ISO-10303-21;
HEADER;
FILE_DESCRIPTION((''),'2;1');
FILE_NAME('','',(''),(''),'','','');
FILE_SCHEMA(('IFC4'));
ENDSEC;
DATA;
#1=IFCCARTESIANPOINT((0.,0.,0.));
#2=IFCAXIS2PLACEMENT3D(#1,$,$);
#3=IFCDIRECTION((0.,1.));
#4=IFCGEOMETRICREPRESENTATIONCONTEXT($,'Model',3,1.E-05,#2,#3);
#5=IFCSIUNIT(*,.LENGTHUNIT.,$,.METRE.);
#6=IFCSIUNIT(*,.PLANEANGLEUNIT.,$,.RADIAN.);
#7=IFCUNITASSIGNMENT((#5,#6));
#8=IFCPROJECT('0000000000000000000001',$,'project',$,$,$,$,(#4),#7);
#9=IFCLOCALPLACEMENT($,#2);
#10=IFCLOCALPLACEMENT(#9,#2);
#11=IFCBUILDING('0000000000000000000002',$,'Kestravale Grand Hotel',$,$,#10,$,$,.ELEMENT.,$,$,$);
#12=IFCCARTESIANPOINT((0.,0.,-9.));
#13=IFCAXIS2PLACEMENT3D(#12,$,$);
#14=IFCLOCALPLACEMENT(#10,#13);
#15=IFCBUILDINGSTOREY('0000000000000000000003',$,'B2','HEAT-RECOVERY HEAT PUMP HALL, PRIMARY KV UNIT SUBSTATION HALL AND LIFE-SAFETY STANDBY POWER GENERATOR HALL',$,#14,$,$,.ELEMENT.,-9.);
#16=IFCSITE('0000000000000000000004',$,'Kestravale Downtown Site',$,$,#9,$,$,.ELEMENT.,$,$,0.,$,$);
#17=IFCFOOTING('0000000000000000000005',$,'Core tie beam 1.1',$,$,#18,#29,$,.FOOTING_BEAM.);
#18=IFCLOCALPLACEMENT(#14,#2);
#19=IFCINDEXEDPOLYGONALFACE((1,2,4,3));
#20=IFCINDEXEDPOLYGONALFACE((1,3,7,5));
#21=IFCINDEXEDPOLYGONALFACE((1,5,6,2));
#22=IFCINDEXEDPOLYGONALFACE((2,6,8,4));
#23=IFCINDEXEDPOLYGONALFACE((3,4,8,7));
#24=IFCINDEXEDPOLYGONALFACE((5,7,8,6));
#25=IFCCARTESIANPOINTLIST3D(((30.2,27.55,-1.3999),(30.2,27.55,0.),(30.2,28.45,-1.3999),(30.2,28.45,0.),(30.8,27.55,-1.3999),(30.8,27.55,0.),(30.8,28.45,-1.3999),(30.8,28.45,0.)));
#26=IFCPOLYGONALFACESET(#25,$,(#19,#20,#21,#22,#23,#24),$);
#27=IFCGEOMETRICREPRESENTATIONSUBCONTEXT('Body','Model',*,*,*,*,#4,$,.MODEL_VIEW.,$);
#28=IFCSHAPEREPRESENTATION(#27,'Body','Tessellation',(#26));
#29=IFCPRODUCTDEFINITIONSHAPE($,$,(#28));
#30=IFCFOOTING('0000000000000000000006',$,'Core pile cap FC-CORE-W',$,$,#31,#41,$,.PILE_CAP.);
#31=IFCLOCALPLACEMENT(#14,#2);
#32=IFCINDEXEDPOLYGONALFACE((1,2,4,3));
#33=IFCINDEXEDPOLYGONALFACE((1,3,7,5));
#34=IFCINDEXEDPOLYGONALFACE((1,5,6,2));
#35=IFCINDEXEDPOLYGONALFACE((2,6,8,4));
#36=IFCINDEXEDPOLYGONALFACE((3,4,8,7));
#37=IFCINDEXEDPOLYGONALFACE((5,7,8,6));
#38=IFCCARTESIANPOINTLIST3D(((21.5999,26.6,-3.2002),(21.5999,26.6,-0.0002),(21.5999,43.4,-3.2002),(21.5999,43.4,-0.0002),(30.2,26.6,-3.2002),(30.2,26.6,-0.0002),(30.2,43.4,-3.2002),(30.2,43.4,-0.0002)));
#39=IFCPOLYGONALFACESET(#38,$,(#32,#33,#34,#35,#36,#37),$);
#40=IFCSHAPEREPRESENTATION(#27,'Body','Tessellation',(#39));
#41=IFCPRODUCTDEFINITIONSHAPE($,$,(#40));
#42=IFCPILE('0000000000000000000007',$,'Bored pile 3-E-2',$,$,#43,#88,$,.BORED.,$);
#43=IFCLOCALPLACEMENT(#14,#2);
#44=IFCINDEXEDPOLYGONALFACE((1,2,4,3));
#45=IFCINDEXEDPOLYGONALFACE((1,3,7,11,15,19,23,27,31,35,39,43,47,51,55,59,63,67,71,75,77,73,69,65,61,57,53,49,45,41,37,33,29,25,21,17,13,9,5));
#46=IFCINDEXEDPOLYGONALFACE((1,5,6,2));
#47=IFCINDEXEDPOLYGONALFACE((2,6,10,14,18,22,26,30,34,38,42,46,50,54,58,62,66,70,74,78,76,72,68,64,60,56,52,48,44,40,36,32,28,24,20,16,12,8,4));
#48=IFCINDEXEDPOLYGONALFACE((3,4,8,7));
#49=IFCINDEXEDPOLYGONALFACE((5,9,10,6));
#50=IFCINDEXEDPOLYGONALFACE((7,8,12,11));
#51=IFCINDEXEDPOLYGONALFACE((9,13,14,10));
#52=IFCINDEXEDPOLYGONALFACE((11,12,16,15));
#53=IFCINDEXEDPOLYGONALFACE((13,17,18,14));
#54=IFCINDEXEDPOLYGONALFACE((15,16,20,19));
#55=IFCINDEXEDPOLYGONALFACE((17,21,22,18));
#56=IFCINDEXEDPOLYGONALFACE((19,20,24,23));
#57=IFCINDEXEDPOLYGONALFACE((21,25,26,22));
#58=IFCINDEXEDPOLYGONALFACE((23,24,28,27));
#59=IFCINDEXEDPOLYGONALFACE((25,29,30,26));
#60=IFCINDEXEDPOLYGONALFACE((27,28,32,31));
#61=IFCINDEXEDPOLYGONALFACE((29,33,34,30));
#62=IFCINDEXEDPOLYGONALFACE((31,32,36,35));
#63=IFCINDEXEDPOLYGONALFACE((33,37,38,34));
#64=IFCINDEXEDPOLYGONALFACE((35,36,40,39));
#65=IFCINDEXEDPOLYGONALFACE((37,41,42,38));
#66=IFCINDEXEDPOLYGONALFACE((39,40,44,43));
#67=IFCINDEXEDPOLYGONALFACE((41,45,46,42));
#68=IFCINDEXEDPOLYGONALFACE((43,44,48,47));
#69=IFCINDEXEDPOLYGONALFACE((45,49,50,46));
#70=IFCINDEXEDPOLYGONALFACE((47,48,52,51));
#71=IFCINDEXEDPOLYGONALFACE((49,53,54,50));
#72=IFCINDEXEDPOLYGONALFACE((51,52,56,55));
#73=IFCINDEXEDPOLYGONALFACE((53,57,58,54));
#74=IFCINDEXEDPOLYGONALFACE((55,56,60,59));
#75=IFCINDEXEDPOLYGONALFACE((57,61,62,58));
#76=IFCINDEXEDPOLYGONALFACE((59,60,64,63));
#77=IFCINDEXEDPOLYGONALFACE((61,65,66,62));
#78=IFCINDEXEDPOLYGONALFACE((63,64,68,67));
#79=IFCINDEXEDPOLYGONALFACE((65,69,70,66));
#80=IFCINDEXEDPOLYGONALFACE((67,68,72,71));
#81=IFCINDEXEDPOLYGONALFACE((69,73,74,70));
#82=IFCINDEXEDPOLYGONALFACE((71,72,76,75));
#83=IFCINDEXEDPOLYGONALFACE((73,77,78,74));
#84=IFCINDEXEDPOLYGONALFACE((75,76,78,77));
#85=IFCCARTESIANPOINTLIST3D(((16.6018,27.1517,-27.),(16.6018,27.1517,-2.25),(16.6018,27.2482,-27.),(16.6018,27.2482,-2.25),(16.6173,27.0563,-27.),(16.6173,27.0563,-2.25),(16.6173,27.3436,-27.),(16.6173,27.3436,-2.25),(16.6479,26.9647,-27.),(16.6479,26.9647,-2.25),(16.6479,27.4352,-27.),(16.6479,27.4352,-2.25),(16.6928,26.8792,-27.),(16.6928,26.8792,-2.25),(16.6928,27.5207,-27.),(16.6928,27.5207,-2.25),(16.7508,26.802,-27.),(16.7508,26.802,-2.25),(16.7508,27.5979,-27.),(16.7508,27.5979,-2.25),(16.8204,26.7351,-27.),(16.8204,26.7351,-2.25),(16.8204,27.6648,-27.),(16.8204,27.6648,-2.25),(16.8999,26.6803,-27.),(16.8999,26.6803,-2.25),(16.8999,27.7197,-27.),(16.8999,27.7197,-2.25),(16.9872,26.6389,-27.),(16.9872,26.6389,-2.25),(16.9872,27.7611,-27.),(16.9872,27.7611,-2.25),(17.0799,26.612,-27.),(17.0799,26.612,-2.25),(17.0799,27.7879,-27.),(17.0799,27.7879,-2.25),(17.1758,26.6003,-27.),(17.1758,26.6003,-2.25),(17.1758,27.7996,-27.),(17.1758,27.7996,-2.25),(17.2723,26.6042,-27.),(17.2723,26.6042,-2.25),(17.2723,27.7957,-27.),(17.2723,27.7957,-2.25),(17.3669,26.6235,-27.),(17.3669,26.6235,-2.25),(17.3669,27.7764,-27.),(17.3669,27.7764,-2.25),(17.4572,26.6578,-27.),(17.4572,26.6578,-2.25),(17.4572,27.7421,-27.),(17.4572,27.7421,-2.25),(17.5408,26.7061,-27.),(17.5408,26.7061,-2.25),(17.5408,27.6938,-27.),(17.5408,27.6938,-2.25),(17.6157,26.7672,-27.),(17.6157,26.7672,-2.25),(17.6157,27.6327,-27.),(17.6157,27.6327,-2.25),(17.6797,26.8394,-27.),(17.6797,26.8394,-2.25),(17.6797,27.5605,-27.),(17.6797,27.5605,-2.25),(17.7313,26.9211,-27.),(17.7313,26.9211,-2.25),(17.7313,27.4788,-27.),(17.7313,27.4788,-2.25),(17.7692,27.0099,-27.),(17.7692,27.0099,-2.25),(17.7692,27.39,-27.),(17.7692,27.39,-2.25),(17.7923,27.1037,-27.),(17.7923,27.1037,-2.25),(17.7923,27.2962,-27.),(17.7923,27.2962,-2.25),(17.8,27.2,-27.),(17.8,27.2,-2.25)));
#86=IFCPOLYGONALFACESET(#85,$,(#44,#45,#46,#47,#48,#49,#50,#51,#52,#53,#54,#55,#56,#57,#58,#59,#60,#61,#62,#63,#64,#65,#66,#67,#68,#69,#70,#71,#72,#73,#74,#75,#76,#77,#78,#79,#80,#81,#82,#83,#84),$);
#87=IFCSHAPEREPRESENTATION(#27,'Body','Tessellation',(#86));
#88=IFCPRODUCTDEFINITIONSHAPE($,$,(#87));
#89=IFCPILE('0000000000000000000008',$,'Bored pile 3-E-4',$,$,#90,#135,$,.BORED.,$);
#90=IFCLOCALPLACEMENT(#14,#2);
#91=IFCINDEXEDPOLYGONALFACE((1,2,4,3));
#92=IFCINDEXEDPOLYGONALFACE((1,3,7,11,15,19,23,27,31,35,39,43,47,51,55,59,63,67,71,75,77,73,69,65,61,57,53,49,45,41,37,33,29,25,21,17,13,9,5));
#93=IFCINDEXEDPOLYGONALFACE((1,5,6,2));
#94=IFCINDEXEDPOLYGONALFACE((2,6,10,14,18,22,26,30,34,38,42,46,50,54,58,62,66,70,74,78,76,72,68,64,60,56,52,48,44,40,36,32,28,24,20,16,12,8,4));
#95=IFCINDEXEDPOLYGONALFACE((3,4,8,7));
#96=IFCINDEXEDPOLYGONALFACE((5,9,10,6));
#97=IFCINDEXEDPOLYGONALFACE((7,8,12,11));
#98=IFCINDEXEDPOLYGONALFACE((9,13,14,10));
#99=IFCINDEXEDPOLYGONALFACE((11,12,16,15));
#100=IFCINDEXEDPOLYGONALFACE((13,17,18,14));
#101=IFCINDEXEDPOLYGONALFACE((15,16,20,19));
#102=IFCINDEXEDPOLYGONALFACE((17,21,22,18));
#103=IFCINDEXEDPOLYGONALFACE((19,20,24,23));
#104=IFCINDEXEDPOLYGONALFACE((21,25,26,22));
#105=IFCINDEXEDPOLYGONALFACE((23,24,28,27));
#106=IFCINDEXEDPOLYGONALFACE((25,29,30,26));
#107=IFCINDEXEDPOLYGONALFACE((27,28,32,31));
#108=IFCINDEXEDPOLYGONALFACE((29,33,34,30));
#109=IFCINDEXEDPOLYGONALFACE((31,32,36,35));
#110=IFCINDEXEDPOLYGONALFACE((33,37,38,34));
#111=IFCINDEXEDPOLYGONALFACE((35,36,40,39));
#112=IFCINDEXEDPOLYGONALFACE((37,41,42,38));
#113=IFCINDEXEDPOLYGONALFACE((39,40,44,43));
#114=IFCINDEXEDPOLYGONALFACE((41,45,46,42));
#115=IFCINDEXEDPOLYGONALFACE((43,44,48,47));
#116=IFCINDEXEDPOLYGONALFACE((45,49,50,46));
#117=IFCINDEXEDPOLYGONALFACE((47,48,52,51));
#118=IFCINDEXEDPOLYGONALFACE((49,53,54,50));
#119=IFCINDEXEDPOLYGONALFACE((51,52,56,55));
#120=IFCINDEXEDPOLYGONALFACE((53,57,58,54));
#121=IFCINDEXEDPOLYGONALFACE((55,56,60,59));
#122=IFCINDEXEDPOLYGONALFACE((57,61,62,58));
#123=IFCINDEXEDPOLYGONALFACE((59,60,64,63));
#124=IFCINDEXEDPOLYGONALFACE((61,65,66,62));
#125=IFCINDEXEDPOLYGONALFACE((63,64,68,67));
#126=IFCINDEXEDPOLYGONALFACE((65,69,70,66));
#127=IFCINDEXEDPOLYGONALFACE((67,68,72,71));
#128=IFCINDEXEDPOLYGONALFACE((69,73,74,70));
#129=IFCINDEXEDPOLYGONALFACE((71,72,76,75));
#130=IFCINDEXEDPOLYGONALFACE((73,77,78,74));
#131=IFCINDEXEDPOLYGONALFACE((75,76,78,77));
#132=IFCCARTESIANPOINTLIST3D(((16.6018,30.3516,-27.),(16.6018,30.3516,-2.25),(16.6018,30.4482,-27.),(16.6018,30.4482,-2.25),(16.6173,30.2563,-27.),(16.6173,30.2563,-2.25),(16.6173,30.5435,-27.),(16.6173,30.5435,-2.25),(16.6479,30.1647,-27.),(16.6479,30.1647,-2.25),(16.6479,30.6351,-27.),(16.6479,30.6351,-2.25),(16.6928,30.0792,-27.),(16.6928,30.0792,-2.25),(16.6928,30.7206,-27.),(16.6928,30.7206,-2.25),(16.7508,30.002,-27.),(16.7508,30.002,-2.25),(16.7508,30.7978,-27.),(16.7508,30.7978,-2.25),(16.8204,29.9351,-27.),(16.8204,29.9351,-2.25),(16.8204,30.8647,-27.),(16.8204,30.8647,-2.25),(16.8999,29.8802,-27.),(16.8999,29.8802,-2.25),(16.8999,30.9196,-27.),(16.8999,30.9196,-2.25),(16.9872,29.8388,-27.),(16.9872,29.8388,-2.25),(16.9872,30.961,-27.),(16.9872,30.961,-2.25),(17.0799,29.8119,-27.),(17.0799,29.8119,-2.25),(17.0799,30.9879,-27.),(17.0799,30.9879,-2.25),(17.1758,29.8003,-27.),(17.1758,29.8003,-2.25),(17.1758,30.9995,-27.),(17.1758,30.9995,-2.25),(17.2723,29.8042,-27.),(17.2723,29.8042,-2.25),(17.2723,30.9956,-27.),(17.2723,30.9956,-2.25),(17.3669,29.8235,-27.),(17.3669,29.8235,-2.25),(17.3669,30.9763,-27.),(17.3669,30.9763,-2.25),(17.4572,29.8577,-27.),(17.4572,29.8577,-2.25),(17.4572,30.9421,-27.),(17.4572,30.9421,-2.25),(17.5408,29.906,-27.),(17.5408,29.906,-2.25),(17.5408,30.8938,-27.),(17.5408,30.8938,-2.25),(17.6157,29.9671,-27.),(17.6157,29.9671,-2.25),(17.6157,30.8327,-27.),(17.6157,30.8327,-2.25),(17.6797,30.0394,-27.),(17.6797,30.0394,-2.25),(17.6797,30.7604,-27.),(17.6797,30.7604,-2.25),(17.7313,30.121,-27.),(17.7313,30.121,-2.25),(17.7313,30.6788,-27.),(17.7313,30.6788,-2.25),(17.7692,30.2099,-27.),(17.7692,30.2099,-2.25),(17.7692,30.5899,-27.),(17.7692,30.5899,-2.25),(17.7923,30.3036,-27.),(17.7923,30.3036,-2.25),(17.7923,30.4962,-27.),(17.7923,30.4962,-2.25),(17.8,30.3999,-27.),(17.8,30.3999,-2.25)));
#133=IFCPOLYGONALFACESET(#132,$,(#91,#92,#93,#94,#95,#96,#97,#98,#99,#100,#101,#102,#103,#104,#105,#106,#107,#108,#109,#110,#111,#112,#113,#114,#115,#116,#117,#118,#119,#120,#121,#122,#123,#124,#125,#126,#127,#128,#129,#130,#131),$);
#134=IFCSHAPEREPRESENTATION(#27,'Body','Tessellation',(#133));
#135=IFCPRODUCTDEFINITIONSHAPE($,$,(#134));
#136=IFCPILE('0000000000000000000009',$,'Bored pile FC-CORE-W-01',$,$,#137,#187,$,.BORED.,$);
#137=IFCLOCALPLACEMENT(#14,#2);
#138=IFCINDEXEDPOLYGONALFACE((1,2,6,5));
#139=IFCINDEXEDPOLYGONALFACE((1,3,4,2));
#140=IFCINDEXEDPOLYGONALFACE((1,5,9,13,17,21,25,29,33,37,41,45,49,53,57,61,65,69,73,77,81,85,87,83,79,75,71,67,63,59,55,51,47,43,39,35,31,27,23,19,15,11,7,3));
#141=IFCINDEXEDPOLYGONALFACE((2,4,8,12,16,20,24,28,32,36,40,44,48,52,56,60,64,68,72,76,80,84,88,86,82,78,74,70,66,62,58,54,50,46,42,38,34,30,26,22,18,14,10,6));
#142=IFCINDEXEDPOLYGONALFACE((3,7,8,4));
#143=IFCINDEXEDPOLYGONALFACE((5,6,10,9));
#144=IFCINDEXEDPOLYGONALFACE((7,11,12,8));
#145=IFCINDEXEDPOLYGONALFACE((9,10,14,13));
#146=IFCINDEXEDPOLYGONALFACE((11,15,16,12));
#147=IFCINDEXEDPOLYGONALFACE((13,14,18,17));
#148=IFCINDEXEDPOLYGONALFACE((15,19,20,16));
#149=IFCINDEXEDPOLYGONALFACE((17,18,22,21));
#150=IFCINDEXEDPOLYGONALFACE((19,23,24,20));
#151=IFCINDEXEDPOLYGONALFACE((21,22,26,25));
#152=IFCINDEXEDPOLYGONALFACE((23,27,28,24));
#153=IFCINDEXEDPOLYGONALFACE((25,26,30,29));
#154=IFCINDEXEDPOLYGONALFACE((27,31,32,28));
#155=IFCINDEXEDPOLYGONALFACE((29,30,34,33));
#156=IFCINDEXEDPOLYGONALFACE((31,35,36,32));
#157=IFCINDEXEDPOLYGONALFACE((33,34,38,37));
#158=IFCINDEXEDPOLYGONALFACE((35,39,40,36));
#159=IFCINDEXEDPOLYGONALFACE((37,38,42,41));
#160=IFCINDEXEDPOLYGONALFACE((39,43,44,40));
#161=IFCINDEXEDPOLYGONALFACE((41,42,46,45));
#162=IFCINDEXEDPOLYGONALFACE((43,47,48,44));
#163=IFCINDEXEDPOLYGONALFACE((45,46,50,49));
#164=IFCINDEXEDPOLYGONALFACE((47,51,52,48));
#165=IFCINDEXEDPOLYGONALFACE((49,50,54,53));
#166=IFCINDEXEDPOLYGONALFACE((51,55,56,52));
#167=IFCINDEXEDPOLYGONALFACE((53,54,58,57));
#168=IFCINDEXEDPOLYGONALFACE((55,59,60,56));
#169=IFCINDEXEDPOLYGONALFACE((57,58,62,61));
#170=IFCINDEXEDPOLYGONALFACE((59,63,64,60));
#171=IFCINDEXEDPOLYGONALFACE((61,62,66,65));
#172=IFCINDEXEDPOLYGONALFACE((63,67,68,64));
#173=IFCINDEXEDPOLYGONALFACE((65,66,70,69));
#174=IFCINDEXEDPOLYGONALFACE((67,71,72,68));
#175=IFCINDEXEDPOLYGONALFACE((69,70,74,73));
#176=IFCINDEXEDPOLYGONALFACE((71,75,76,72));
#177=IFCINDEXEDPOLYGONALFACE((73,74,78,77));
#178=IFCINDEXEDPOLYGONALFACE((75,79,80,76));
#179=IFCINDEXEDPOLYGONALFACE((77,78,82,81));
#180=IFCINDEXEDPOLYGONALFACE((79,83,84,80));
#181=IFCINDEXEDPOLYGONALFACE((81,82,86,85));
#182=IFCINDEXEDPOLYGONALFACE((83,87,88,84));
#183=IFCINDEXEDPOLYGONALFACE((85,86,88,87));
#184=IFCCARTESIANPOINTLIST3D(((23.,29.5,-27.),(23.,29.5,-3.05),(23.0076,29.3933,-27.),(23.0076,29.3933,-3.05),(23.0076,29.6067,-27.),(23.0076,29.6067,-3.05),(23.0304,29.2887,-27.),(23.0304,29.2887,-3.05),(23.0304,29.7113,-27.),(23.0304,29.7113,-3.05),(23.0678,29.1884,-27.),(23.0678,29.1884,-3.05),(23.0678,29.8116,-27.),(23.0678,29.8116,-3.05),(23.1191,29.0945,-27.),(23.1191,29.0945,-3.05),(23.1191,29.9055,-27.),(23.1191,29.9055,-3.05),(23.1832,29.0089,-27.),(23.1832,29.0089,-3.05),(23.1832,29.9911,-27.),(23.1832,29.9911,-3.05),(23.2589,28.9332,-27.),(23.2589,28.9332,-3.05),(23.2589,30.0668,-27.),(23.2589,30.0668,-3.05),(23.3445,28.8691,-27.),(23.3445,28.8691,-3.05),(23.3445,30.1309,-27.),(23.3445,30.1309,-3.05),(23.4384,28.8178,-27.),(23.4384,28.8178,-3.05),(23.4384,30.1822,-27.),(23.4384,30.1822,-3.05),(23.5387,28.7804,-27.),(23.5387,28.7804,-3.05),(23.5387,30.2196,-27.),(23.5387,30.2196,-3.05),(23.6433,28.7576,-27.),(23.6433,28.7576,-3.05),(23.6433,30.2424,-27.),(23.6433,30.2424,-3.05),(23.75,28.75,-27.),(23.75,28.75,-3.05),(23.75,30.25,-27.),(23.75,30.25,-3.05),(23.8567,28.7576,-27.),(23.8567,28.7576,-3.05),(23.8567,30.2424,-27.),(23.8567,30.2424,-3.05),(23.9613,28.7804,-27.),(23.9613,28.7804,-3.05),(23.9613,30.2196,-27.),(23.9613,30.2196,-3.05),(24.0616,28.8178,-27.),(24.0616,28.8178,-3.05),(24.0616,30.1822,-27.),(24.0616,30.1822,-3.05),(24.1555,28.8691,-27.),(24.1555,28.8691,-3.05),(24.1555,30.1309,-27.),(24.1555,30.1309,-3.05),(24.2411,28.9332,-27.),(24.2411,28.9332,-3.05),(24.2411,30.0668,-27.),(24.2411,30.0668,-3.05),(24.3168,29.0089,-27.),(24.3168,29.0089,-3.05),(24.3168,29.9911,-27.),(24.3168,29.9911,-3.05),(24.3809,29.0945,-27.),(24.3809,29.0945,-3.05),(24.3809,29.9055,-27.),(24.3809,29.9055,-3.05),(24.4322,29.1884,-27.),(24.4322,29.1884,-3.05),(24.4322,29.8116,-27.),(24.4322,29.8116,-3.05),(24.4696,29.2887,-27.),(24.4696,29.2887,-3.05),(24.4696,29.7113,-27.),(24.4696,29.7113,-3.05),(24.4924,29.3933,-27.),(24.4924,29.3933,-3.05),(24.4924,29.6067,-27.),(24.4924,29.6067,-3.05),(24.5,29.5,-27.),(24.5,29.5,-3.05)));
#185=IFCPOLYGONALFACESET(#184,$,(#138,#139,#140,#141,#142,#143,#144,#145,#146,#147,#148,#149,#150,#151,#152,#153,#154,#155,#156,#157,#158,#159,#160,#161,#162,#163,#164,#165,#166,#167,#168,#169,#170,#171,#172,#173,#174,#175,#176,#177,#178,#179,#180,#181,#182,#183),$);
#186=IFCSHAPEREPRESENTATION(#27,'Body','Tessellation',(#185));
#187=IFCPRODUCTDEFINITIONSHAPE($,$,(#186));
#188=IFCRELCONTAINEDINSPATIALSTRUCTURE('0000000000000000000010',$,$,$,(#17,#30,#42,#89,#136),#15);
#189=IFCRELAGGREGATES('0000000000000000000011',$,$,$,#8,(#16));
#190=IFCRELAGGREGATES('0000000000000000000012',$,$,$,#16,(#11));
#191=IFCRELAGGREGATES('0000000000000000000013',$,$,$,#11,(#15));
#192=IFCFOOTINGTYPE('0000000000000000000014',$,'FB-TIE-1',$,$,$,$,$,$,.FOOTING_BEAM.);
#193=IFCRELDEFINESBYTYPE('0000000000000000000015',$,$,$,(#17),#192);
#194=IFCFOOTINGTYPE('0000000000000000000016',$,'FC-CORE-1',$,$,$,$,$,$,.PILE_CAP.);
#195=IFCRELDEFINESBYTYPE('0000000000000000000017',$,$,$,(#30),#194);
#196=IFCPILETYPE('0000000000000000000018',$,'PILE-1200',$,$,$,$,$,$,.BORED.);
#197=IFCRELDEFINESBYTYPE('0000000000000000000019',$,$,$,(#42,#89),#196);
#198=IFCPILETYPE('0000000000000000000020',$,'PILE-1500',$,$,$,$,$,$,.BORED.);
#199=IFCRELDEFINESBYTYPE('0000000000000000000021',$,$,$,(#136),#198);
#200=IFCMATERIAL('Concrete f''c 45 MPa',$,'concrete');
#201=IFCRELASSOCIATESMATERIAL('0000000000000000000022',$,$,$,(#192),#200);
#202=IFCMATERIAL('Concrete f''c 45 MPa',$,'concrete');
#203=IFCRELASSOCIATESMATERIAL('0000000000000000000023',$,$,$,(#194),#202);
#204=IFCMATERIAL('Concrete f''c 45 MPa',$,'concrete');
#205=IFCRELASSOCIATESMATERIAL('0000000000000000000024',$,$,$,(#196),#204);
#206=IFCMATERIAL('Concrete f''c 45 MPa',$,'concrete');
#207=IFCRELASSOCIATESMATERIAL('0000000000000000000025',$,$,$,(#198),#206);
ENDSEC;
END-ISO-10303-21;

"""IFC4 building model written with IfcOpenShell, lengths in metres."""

from ifc_helpers import new_model, si_unit, direction, frame, origin, origin_2d, place, context, subcontext, project, spatial, rectangle, circle, extrude, material, material_profile, profile_set, type_object, element, save


model = new_model("IFC4")

# Units and contexts
model_context = context("Model", 3, precision=1e-05, world=origin(), true_north=direction((0.0, 1.0)))
body_context = subcontext(model_context, "Body", "Model", "MODEL_VIEW")
ifc_project = project(units=[si_unit("LENGTHUNIT", "METRE"), si_unit("PLANEANGLEUNIT", "RADIAN")], contexts=[model_context])

# Site, building, storey
site_placement = place(None, origin())
site = spatial("IfcSite", under=ifc_project, at=site_placement, Name="Kestravale Downtown Site", CompositionType="ELEMENT", RefElevation=0.0)
building_placement = place(site_placement, origin())
building = spatial("IfcBuilding", under=site, at=building_placement, Name="Kestravale Grand Hotel", CompositionType="ELEMENT")
storey_placement = place(building_placement, frame((0.0, 0.0, -9.0)))
storey = spatial("IfcBuildingStorey", under=building, at=storey_placement, Name="B2", Description="HEAT-RECOVERY HEAT PUMP HALL, PRIMARY KV UNIT SUBSTATION HALL AND LIFE-SAFETY STANDBY POWER GENERATOR HALL", CompositionType="ELEMENT", Elevation=-9.0)

# Footings
ifc_material_1 = material(Name="Concrete f'c 45 MPa", Category="concrete")
ifc_material_profile_1 = material_profile(ifc_material_1, rectangle(XDim=0.8999, YDim=1.3999, at=origin_2d()))
ifc_profile_set_1 = profile_set([ifc_material_profile_1], Name="Concrete f'c 45 MPa")
footing_type_1 = type_object("IfcFootingType", Name="FB-TIE-1", PredefinedType="FOOTING_BEAM", material=ifc_profile_set_1)
footing_1_placement = place(storey_placement, frame((30.2, 28.0, -0.7), z_axis=(1.0, 0.0, 0.0), x_axis=(0.0, 1.0, 0.0)))
element("IfcFooting", 1, at=footing_1_placement, inside=storey, type_object=footing_type_1, Name="Core tie beam 1.1", PredefinedType="FOOTING_BEAM", context=body_context, shape_type="SweptSolid", body=[
    extrude(rectangle(XDim=0.8999, YDim=1.3999, at=origin_2d()), origin(), (0.0, 0.0, 1.0), 0.6001),
])
ifc_material_2 = material(Name="Concrete f'c 45 MPa", Category="concrete")
footing_type_2 = type_object("IfcFootingType", Name="FC-CORE-1", PredefinedType="PILE_CAP", material=ifc_material_2)
footing_2_placement = place(storey_placement, frame((25.8999, 35.0, -3.2002), z_axis=(0.0, 0.0, 1.0), x_axis=(1.0, 0.0, 0.0)))
element("IfcFooting", 2, at=footing_2_placement, inside=storey, type_object=footing_type_2, Name="Core pile cap FC-CORE-W", PredefinedType="PILE_CAP", context=body_context, shape_type="SweptSolid", body=[
    extrude(rectangle(XDim=8.6001, YDim=16.8, at=origin_2d()), origin(), (0.0, 0.0, 1.0), 3.2),
])

# Piles
ifc_material_3 = material(Name="Concrete f'c 45 MPa", Category="concrete")
ifc_material_profile_2 = material_profile(ifc_material_3, circle(Radius=0.6001, at=origin_2d()))
ifc_profile_set_2 = profile_set([ifc_material_profile_2], Name="Concrete f'c 45 MPa")
pile_type_1 = type_object("IfcPileType", Name="PILE-1200", PredefinedType="BORED", material=ifc_profile_set_2)
for number, where, z_axis, x_axis, name in (
    (3, (17.2, 27.2, -2.25), (0.0, 0.0, -1.0), (1.0, 0.0, 0.0), "Bored pile 3-E-2"),
    (4, (17.2, 30.3999, -2.25), (0.0, 0.0, -1.0), (1.0, 0.0, 0.0), "Bored pile 3-E-4"),
):
    element("IfcPile", number, at=place(storey_placement, frame(where, z_axis=z_axis, x_axis=x_axis)), inside=storey, type_object=pile_type_1, Name=name, PredefinedType="BORED", context=body_context, shape_type="SweptSolid", body=[
        extrude(circle(Radius=0.6001, at=origin_2d()), origin(), (0.0, 0.0, 1.0), 24.75),
    ])
ifc_material_4 = material(Name="Concrete f'c 45 MPa", Category="concrete")
ifc_material_profile_3 = material_profile(ifc_material_4, circle(Radius=0.75, at=origin_2d()))
ifc_profile_set_3 = profile_set([ifc_material_profile_3], Name="Concrete f'c 45 MPa")
pile_type_2 = type_object("IfcPileType", Name="PILE-1500", PredefinedType="BORED", material=ifc_profile_set_3)
for number, where, z_axis, x_axis, name in (
    (5, (23.75, 29.5, -3.05), (0.0, 0.0, -1.0), (1.0, 0.0, 0.0), "Bored pile FC-CORE-W-01"),
):
    element("IfcPile", number, at=place(storey_placement, frame(where, z_axis=z_axis, x_axis=x_axis)), inside=storey, type_object=pile_type_2, Name=name, PredefinedType="BORED", context=body_context, shape_type="SweptSolid", body=[
        extrude(circle(Radius=0.75, at=origin_2d()), origin(), (0.0, 0.0, 1.0), 23.95),
    ])

save(model, "model.ifc")
